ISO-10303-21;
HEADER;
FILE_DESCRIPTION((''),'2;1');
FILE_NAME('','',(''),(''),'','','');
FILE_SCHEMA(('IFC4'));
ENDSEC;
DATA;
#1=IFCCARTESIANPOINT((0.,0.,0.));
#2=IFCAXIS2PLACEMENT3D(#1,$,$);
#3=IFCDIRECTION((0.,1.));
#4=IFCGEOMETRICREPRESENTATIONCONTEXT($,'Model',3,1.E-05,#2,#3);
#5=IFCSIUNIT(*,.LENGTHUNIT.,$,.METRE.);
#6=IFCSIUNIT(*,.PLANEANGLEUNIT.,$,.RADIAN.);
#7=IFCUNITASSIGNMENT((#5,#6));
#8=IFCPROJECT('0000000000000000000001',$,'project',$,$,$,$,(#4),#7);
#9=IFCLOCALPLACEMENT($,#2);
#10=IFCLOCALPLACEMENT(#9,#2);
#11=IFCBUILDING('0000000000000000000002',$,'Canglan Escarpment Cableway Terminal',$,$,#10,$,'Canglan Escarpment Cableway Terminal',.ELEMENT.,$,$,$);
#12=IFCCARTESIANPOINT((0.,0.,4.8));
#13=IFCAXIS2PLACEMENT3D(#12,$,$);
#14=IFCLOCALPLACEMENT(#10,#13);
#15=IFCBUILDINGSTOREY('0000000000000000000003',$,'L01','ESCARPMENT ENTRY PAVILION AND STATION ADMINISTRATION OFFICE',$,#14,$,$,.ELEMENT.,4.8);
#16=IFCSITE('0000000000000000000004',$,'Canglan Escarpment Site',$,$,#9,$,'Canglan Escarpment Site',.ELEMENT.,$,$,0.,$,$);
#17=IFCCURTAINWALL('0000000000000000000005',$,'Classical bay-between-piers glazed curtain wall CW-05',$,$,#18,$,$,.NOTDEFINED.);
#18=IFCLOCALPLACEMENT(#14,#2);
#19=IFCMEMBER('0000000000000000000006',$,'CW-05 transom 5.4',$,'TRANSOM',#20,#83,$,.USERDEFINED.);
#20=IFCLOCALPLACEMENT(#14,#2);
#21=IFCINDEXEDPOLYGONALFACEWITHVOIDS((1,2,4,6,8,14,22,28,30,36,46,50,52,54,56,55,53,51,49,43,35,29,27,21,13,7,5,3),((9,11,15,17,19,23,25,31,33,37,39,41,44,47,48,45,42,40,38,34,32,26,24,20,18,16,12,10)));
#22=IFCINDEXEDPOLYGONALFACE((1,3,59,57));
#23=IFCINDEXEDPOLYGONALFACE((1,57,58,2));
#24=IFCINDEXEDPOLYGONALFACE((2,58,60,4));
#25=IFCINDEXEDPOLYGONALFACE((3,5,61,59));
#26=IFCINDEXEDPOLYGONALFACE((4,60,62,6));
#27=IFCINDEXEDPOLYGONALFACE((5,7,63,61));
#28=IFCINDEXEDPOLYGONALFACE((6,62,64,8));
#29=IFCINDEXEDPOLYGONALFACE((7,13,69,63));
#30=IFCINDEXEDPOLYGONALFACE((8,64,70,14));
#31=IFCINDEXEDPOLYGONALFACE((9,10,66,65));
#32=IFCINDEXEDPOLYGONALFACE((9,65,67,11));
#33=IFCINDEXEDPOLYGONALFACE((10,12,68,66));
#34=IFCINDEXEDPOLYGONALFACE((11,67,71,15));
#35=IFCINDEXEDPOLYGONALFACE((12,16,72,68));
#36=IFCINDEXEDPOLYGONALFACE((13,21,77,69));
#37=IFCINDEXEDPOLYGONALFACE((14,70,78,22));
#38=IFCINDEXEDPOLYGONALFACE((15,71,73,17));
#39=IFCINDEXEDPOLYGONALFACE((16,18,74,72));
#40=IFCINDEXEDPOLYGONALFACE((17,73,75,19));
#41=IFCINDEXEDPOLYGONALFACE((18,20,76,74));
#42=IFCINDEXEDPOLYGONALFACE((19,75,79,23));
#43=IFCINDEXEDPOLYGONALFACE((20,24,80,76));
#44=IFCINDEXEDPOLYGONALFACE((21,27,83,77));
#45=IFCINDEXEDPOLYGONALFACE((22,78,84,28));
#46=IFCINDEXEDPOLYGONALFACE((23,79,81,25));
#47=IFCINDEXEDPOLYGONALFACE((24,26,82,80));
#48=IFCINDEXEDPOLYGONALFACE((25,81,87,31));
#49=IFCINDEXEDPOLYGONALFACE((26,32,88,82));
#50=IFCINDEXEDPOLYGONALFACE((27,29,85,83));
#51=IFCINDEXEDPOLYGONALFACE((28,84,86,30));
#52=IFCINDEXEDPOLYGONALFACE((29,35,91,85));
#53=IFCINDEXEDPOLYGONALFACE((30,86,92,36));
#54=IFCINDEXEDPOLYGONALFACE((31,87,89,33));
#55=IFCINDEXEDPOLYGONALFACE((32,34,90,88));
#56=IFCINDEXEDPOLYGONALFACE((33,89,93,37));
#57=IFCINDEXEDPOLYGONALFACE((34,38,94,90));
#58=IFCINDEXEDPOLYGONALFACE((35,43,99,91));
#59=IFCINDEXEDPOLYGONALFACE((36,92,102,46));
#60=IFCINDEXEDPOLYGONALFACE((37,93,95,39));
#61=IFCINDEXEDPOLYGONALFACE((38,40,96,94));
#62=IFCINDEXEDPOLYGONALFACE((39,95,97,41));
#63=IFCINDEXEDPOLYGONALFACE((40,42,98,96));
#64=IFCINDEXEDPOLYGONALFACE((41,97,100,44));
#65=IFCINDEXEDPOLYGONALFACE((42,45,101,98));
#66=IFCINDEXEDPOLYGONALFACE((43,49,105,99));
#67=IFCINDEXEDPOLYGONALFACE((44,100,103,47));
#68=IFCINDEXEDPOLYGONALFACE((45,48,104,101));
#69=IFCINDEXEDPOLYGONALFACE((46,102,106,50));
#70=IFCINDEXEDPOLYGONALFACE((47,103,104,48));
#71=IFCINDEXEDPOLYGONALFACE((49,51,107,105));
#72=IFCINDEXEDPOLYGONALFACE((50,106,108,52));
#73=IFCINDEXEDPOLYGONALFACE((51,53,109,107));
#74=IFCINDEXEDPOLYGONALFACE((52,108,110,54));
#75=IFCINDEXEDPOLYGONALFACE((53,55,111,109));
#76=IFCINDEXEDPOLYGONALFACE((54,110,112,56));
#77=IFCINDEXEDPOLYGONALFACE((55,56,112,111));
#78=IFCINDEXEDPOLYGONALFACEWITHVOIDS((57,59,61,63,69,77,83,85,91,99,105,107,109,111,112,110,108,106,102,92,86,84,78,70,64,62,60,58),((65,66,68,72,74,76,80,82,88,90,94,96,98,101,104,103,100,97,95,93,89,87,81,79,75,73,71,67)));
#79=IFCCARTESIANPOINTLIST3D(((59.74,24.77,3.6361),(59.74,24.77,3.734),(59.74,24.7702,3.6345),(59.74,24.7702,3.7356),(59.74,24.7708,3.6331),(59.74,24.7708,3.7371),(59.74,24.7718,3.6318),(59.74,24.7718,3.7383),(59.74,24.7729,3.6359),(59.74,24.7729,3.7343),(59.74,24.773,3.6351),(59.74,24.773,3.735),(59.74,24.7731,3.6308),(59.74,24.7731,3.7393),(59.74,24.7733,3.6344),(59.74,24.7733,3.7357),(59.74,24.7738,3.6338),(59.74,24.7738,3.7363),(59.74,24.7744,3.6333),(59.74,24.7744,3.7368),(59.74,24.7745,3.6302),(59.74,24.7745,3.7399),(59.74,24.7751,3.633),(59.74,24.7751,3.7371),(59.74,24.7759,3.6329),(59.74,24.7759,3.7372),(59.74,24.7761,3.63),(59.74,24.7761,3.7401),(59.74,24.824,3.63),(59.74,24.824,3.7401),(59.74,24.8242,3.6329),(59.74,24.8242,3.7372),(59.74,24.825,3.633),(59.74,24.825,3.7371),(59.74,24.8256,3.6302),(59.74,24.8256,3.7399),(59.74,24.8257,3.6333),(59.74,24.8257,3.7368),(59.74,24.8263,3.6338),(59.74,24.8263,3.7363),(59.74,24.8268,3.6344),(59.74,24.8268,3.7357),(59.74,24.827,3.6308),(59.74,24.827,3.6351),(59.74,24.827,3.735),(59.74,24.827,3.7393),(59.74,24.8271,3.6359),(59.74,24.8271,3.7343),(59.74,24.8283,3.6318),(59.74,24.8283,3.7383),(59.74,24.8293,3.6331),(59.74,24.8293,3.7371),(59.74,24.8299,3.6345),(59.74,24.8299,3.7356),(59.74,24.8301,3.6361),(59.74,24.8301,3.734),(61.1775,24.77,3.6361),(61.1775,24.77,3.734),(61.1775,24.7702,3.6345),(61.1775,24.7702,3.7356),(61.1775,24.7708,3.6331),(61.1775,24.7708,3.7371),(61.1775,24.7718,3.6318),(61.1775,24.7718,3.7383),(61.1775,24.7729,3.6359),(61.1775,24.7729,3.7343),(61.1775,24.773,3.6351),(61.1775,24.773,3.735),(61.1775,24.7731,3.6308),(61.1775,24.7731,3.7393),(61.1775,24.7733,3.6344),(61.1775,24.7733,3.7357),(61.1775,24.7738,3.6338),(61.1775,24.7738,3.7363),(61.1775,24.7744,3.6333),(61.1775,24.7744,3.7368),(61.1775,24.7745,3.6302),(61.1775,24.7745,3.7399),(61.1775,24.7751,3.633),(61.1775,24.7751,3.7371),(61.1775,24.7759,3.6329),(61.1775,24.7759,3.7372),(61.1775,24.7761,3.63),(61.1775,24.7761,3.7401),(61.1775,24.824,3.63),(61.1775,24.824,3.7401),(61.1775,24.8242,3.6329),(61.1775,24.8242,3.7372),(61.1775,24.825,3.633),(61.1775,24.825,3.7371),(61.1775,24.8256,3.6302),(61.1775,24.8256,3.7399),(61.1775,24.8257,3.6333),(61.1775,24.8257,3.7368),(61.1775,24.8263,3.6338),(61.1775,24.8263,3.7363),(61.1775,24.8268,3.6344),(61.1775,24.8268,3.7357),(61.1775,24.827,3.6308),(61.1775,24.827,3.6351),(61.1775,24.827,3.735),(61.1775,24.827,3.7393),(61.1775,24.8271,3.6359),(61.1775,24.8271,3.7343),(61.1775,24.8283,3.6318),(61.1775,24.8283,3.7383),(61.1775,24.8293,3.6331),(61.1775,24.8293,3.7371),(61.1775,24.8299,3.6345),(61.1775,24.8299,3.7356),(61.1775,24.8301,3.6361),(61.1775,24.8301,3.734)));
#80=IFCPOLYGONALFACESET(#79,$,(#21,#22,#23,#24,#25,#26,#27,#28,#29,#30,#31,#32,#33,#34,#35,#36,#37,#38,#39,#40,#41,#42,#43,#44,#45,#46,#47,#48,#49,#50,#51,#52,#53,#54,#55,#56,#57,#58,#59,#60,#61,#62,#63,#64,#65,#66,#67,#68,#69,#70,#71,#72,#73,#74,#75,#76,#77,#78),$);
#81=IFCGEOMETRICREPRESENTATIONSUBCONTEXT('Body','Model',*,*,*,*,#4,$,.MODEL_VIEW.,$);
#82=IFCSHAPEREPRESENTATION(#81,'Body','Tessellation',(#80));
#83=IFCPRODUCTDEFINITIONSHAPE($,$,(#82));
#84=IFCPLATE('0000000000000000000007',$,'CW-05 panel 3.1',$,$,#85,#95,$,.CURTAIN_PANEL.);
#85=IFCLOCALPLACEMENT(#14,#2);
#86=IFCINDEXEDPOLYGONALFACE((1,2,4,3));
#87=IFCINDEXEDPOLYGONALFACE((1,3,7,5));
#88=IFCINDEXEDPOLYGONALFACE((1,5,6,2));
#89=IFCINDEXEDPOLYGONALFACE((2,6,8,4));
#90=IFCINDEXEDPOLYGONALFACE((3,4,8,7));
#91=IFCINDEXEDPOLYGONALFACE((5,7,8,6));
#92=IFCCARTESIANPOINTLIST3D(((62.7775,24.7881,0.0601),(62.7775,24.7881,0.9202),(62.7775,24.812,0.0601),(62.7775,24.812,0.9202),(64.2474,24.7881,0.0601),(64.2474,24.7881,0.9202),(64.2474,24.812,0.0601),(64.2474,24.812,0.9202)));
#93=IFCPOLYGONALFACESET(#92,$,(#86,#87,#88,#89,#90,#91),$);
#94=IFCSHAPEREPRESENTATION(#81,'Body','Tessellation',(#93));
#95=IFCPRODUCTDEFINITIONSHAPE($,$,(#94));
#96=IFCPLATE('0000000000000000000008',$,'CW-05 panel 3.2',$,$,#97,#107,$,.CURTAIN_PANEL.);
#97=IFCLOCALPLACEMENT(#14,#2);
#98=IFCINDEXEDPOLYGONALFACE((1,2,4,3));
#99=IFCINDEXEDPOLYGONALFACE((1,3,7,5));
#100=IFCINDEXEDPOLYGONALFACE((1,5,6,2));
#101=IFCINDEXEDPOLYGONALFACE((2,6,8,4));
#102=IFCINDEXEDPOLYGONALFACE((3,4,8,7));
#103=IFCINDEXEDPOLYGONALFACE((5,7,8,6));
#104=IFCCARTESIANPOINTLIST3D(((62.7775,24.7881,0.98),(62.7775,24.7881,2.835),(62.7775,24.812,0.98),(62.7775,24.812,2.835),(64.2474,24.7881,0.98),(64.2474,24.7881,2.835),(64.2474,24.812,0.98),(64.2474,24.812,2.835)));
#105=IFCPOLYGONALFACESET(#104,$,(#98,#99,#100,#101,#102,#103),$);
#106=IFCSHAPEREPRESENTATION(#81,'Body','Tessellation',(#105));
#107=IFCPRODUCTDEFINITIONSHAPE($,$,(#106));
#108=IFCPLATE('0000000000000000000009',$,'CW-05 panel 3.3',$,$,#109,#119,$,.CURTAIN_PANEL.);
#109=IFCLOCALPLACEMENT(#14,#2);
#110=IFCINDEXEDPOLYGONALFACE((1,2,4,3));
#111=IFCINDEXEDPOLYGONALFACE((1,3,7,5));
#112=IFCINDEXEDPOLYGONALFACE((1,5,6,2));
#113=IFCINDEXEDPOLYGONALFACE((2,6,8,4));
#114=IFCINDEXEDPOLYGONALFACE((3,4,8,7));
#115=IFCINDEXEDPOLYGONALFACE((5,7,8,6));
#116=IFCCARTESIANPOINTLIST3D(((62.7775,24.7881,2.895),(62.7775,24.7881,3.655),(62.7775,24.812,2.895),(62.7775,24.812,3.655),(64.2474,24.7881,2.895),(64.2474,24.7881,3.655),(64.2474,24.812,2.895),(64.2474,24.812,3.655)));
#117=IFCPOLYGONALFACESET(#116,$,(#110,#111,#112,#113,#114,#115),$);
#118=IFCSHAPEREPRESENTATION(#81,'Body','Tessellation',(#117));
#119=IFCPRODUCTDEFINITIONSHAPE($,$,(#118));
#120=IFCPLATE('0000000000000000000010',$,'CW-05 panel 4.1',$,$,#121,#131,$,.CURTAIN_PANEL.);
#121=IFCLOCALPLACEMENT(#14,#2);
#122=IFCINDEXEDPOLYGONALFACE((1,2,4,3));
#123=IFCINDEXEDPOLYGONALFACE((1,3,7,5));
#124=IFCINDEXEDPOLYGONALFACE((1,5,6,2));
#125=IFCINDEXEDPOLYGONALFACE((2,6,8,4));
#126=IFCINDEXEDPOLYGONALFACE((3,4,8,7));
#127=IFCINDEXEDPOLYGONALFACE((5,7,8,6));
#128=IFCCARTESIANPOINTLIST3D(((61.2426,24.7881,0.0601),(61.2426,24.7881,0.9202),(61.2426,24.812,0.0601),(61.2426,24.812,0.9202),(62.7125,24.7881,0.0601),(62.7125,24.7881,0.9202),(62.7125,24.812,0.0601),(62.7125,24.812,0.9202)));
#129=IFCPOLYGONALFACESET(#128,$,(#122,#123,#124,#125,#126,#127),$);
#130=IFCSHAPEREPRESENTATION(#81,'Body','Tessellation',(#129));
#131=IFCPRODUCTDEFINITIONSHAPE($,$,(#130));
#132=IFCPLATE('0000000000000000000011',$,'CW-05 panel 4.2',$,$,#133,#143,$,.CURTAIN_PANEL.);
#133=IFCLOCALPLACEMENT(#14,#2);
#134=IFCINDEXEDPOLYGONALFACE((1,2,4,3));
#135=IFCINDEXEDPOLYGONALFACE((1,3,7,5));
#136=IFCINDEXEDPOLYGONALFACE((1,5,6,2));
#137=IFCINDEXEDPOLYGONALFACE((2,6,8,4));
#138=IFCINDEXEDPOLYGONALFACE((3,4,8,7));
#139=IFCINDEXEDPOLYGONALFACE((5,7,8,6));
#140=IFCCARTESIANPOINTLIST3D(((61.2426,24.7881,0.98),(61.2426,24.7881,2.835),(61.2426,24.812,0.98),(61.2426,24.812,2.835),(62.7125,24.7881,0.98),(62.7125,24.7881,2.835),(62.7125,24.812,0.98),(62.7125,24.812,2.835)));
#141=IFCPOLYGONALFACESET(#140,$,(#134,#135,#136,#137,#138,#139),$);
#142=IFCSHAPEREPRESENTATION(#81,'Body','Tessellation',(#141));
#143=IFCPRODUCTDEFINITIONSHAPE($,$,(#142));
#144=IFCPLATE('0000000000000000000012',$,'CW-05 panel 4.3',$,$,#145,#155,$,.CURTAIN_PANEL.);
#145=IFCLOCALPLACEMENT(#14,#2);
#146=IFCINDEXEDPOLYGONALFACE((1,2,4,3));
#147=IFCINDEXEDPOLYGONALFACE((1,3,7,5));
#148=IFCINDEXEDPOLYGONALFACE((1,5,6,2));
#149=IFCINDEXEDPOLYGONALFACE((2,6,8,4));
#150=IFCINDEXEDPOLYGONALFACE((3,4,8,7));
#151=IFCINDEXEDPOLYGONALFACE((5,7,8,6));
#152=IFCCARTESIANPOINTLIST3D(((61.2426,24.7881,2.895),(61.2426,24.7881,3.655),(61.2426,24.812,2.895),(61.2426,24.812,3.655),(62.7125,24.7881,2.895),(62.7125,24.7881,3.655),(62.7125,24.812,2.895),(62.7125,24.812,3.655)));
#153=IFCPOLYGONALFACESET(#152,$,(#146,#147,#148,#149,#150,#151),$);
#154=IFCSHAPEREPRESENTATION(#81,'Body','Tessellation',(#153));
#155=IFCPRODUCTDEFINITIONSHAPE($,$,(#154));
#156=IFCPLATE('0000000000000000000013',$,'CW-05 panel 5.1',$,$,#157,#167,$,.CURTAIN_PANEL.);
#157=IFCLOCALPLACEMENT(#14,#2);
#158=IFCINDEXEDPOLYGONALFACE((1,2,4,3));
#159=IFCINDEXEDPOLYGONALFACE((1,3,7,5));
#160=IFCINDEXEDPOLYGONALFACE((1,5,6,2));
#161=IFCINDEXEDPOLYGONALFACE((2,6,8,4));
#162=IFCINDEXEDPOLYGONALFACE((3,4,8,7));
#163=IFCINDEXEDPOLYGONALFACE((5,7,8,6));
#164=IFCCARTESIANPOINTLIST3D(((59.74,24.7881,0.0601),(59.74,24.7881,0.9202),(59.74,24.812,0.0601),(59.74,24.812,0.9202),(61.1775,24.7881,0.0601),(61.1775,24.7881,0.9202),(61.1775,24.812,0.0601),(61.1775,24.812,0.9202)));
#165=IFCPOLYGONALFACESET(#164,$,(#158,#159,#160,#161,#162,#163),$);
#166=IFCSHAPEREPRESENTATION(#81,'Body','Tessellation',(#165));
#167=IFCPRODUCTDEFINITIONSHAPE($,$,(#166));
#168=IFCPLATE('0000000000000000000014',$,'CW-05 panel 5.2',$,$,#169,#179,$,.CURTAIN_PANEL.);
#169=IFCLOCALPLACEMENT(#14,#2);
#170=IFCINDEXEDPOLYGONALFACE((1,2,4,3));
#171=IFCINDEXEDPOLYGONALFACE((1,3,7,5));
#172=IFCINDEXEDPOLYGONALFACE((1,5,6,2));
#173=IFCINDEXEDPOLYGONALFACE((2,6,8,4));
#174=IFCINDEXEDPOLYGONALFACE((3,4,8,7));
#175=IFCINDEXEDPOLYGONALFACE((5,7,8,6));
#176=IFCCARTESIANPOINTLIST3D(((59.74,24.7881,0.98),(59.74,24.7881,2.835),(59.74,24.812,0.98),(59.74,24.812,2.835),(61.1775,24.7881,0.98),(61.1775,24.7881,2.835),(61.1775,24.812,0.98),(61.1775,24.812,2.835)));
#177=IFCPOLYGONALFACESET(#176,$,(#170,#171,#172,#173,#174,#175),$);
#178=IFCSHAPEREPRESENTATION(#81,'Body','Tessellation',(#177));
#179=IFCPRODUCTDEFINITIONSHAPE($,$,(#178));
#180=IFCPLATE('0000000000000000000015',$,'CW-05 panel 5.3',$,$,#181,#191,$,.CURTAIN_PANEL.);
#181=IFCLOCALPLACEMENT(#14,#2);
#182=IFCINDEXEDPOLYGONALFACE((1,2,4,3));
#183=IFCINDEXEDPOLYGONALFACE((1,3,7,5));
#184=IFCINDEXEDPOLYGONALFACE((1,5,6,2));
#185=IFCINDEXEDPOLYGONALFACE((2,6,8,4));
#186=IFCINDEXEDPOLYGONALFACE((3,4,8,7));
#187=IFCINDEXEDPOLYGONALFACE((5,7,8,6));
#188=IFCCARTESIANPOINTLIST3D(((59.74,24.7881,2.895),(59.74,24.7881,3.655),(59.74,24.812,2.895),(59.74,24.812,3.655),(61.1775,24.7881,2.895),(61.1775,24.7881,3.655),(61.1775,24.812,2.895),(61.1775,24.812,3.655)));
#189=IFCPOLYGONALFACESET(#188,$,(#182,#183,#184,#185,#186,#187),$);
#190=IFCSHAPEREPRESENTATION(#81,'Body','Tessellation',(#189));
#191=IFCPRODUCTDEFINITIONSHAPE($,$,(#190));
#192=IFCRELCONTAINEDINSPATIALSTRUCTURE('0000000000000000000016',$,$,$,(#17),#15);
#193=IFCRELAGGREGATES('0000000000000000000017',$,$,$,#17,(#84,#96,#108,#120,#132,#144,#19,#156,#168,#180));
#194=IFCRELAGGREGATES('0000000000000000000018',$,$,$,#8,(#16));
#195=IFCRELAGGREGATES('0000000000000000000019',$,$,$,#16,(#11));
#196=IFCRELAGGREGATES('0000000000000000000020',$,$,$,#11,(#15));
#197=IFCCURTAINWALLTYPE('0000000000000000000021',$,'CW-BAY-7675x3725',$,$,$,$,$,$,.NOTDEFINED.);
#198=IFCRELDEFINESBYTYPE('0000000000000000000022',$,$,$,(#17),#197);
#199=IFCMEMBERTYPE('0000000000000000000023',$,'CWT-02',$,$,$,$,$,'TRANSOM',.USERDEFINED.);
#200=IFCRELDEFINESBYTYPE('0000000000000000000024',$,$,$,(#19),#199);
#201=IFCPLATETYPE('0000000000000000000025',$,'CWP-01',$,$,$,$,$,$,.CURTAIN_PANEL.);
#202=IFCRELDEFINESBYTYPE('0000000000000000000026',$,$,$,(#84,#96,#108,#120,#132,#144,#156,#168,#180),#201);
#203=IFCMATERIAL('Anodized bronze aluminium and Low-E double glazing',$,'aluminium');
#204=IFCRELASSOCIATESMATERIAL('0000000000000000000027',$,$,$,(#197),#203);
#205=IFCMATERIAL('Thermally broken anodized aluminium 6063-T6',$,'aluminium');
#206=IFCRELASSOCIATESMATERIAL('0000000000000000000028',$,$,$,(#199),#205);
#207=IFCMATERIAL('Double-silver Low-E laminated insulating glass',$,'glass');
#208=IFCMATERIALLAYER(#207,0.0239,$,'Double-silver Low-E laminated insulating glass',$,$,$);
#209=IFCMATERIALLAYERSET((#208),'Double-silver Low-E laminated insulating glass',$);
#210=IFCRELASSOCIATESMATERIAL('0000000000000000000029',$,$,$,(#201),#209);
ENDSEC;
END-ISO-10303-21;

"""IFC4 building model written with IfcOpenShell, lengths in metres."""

from ifc_helpers import new_model, si_unit, direction, frame, origin, origin_2d, place, context, subcontext, project, spatial, rectangle, hollow_rectangle, extrude, material, layer, layer_set, material_profile, profile_set, type_object, element, aggregate, save


model = new_model("IFC4")

# Units and contexts
model_context = context("Model", 3, precision=1e-05, world=origin(), true_north=direction((0.0, 1.0)))
body_context = subcontext(model_context, "Body", "Model", "MODEL_VIEW")
ifc_project = project(units=[si_unit("LENGTHUNIT", "METRE"), si_unit("PLANEANGLEUNIT", "RADIAN")], contexts=[model_context])

# Site, building, storey
site_placement = place(None, origin())
site = spatial("IfcSite", under=ifc_project, at=site_placement, Name="Canglan Escarpment Site", LongName="Canglan Escarpment Site", CompositionType="ELEMENT", RefElevation=0.0)
building_placement = place(site_placement, origin())
building = spatial("IfcBuilding", under=site, at=building_placement, Name="Canglan Escarpment Cableway Terminal", LongName="Canglan Escarpment Cableway Terminal", CompositionType="ELEMENT")
storey_placement = place(building_placement, frame((0.0, 0.0, 4.8)))
storey = spatial("IfcBuildingStorey", under=building, at=storey_placement, Name="L01", Description="ESCARPMENT ENTRY PAVILION AND STATION ADMINISTRATION OFFICE", CompositionType="ELEMENT", Elevation=4.8)

# Curtain wall, member, plates
ifc_material_1 = material(Name="Anodized bronze aluminium and Low-E double glazing", Category="aluminium")
curtain_wall_type = type_object("IfcCurtainWallType", Name="CW-BAY-7675x3725", PredefinedType="NOTDEFINED", material=ifc_material_1)
curtain_wall_placement = place(storey_placement, origin())
curtain_wall = element("IfcCurtainWall", 1, at=curtain_wall_placement, inside=storey, type_object=curtain_wall_type, Name="Classical bay-between-piers glazed curtain wall CW-05", PredefinedType="NOTDEFINED")
ifc_material_2 = material(Name="Thermally broken anodized aluminium 6063-T6", Category="aluminium")
ifc_material_profile_1 = material_profile(ifc_material_2, hollow_rectangle(XDim=0.0601, YDim=0.1101, WallThickness=0.0029, InnerFilletRadius=0.0029, OuterFilletRadius=0.0061, at=origin_2d()), Name="ALU-TRAN 60x110x3")
ifc_profile_set_1 = profile_set([ifc_material_profile_1], Name="Thermally broken anodized aluminium 6063-T6")
member_type_1 = type_object("IfcMemberType", Name="CWT-02", ElementType="TRANSOM", PredefinedType="USERDEFINED", material=ifc_profile_set_1)
member_1_placement = place(storey_placement, frame((61.1775, 24.8, 3.6851), z_axis=(-1.0, 0.0, 0.0), x_axis=(0.0, -1.0, 0.0)))
member_1 = element("IfcMember", 2, at=member_1_placement, type_object=member_type_1, Name="CW-05 transom 5.4", ObjectType="TRANSOM", PredefinedType="USERDEFINED", context=body_context, shape_type="SweptSolid", body=[
    extrude(hollow_rectangle(XDim=0.0601, YDim=0.1101, WallThickness=0.0029, InnerFilletRadius=0.0029, OuterFilletRadius=0.0061, at=origin_2d()), origin(), (0.0, 0.0, 1.0), 1.4375),
])
ifc_material_3 = material(Name="Double-silver Low-E laminated insulating glass", Category="glass")
ifc_layer = layer(ifc_material_3, 0.0239, Name="Double-silver Low-E laminated insulating glass")
ifc_layer_set = layer_set([ifc_layer], Name="Double-silver Low-E laminated insulating glass")
plate_type = type_object("IfcPlateType", Name="CWP-01", PredefinedType="CURTAIN_PANEL", material=ifc_layer_set)
plate_1_placement = place(storey_placement, frame((63.5125, 24.8, 0.0601), z_axis=(0.0, 0.0, 1.0), x_axis=(-1.0, 0.0, 0.0)))
plate_1 = element("IfcPlate", 3, at=plate_1_placement, type_object=plate_type, Name="CW-05 panel 3.1", PredefinedType="CURTAIN_PANEL", context=body_context, shape_type="SweptSolid", body=[
    extrude(rectangle(XDim=1.47, YDim=0.0239, at=origin_2d()), origin(), (0.0, 0.0, 1.0), 0.8601),
])
plate_2_placement = place(storey_placement, frame((63.5125, 24.8, 0.98), z_axis=(0.0, 0.0, 1.0), x_axis=(-1.0, 0.0, 0.0)))
plate_2 = element("IfcPlate", 4, at=plate_2_placement, type_object=plate_type, Name="CW-05 panel 3.2", PredefinedType="CURTAIN_PANEL", context=body_context, shape_type="SweptSolid", body=[
    extrude(rectangle(XDim=1.47, YDim=0.0239, at=origin_2d()), origin(), (0.0, 0.0, 1.0), 1.855),
])
plate_3_placement = place(storey_placement, frame((63.5125, 24.8, 2.895), z_axis=(0.0, 0.0, 1.0), x_axis=(-1.0, 0.0, 0.0)))
plate_3 = element("IfcPlate", 5, at=plate_3_placement, type_object=plate_type, Name="CW-05 panel 3.3", PredefinedType="CURTAIN_PANEL", context=body_context, shape_type="SweptSolid", body=[
    extrude(rectangle(XDim=1.47, YDim=0.0239, at=origin_2d()), origin(), (0.0, 0.0, 1.0), 0.76),
])
plate_4_placement = place(storey_placement, frame((61.9775, 24.8, 0.0601), z_axis=(0.0, 0.0, 1.0), x_axis=(-1.0, 0.0, 0.0)))
plate_4 = element("IfcPlate", 6, at=plate_4_placement, type_object=plate_type, Name="CW-05 panel 4.1", PredefinedType="CURTAIN_PANEL", context=body_context, shape_type="SweptSolid", body=[
    extrude(rectangle(XDim=1.47, YDim=0.0239, at=origin_2d()), origin(), (0.0, 0.0, 1.0), 0.8601),
])
plate_5_placement = place(storey_placement, frame((61.9775, 24.8, 0.98), z_axis=(0.0, 0.0, 1.0), x_axis=(-1.0, 0.0, 0.0)))
plate_5 = element("IfcPlate", 7, at=plate_5_placement, type_object=plate_type, Name="CW-05 panel 4.2", PredefinedType="CURTAIN_PANEL", context=body_context, shape_type="SweptSolid", body=[
    extrude(rectangle(XDim=1.47, YDim=0.0239, at=origin_2d()), origin(), (0.0, 0.0, 1.0), 1.855),
])
plate_6_placement = place(storey_placement, frame((61.9775, 24.8, 2.895), z_axis=(0.0, 0.0, 1.0), x_axis=(-1.0, 0.0, 0.0)))
plate_6 = element("IfcPlate", 8, at=plate_6_placement, type_object=plate_type, Name="CW-05 panel 4.3", PredefinedType="CURTAIN_PANEL", context=body_context, shape_type="SweptSolid", body=[
    extrude(rectangle(XDim=1.47, YDim=0.0239, at=origin_2d()), origin(), (0.0, 0.0, 1.0), 0.76),
])
plate_7_placement = place(storey_placement, frame((60.4587, 24.8, 0.0601), z_axis=(0.0, 0.0, 1.0), x_axis=(-1.0, 0.0, 0.0)))
plate_7 = element("IfcPlate", 9, at=plate_7_placement, type_object=plate_type, Name="CW-05 panel 5.1", PredefinedType="CURTAIN_PANEL", context=body_context, shape_type="SweptSolid", body=[
    extrude(rectangle(XDim=1.4375, YDim=0.0239, at=origin_2d()), origin(), (0.0, 0.0, 1.0), 0.8601),
])
plate_8_placement = place(storey_placement, frame((60.4587, 24.8, 0.98), z_axis=(0.0, 0.0, 1.0), x_axis=(-1.0, 0.0, 0.0)))
plate_8 = element("IfcPlate", 10, at=plate_8_placement, type_object=plate_type, Name="CW-05 panel 5.2", PredefinedType="CURTAIN_PANEL", context=body_context, shape_type="SweptSolid", body=[
    extrude(rectangle(XDim=1.4375, YDim=0.0239, at=origin_2d()), origin(), (0.0, 0.0, 1.0), 1.855),
])
plate_9_placement = place(storey_placement, frame((60.4587, 24.8, 2.895), z_axis=(0.0, 0.0, 1.0), x_axis=(-1.0, 0.0, 0.0)))
plate_9 = element("IfcPlate", 11, at=plate_9_placement, type_object=plate_type, Name="CW-05 panel 5.3", PredefinedType="CURTAIN_PANEL", context=body_context, shape_type="SweptSolid", body=[
    extrude(rectangle(XDim=1.4375, YDim=0.0239, at=origin_2d()), origin(), (0.0, 0.0, 1.0), 0.76),
])
aggregate(curtain_wall, [plate_1, plate_2, plate_3, plate_4, plate_5, plate_6, member_1, plate_7, plate_8, plate_9])

save(model, "model.ifc")
